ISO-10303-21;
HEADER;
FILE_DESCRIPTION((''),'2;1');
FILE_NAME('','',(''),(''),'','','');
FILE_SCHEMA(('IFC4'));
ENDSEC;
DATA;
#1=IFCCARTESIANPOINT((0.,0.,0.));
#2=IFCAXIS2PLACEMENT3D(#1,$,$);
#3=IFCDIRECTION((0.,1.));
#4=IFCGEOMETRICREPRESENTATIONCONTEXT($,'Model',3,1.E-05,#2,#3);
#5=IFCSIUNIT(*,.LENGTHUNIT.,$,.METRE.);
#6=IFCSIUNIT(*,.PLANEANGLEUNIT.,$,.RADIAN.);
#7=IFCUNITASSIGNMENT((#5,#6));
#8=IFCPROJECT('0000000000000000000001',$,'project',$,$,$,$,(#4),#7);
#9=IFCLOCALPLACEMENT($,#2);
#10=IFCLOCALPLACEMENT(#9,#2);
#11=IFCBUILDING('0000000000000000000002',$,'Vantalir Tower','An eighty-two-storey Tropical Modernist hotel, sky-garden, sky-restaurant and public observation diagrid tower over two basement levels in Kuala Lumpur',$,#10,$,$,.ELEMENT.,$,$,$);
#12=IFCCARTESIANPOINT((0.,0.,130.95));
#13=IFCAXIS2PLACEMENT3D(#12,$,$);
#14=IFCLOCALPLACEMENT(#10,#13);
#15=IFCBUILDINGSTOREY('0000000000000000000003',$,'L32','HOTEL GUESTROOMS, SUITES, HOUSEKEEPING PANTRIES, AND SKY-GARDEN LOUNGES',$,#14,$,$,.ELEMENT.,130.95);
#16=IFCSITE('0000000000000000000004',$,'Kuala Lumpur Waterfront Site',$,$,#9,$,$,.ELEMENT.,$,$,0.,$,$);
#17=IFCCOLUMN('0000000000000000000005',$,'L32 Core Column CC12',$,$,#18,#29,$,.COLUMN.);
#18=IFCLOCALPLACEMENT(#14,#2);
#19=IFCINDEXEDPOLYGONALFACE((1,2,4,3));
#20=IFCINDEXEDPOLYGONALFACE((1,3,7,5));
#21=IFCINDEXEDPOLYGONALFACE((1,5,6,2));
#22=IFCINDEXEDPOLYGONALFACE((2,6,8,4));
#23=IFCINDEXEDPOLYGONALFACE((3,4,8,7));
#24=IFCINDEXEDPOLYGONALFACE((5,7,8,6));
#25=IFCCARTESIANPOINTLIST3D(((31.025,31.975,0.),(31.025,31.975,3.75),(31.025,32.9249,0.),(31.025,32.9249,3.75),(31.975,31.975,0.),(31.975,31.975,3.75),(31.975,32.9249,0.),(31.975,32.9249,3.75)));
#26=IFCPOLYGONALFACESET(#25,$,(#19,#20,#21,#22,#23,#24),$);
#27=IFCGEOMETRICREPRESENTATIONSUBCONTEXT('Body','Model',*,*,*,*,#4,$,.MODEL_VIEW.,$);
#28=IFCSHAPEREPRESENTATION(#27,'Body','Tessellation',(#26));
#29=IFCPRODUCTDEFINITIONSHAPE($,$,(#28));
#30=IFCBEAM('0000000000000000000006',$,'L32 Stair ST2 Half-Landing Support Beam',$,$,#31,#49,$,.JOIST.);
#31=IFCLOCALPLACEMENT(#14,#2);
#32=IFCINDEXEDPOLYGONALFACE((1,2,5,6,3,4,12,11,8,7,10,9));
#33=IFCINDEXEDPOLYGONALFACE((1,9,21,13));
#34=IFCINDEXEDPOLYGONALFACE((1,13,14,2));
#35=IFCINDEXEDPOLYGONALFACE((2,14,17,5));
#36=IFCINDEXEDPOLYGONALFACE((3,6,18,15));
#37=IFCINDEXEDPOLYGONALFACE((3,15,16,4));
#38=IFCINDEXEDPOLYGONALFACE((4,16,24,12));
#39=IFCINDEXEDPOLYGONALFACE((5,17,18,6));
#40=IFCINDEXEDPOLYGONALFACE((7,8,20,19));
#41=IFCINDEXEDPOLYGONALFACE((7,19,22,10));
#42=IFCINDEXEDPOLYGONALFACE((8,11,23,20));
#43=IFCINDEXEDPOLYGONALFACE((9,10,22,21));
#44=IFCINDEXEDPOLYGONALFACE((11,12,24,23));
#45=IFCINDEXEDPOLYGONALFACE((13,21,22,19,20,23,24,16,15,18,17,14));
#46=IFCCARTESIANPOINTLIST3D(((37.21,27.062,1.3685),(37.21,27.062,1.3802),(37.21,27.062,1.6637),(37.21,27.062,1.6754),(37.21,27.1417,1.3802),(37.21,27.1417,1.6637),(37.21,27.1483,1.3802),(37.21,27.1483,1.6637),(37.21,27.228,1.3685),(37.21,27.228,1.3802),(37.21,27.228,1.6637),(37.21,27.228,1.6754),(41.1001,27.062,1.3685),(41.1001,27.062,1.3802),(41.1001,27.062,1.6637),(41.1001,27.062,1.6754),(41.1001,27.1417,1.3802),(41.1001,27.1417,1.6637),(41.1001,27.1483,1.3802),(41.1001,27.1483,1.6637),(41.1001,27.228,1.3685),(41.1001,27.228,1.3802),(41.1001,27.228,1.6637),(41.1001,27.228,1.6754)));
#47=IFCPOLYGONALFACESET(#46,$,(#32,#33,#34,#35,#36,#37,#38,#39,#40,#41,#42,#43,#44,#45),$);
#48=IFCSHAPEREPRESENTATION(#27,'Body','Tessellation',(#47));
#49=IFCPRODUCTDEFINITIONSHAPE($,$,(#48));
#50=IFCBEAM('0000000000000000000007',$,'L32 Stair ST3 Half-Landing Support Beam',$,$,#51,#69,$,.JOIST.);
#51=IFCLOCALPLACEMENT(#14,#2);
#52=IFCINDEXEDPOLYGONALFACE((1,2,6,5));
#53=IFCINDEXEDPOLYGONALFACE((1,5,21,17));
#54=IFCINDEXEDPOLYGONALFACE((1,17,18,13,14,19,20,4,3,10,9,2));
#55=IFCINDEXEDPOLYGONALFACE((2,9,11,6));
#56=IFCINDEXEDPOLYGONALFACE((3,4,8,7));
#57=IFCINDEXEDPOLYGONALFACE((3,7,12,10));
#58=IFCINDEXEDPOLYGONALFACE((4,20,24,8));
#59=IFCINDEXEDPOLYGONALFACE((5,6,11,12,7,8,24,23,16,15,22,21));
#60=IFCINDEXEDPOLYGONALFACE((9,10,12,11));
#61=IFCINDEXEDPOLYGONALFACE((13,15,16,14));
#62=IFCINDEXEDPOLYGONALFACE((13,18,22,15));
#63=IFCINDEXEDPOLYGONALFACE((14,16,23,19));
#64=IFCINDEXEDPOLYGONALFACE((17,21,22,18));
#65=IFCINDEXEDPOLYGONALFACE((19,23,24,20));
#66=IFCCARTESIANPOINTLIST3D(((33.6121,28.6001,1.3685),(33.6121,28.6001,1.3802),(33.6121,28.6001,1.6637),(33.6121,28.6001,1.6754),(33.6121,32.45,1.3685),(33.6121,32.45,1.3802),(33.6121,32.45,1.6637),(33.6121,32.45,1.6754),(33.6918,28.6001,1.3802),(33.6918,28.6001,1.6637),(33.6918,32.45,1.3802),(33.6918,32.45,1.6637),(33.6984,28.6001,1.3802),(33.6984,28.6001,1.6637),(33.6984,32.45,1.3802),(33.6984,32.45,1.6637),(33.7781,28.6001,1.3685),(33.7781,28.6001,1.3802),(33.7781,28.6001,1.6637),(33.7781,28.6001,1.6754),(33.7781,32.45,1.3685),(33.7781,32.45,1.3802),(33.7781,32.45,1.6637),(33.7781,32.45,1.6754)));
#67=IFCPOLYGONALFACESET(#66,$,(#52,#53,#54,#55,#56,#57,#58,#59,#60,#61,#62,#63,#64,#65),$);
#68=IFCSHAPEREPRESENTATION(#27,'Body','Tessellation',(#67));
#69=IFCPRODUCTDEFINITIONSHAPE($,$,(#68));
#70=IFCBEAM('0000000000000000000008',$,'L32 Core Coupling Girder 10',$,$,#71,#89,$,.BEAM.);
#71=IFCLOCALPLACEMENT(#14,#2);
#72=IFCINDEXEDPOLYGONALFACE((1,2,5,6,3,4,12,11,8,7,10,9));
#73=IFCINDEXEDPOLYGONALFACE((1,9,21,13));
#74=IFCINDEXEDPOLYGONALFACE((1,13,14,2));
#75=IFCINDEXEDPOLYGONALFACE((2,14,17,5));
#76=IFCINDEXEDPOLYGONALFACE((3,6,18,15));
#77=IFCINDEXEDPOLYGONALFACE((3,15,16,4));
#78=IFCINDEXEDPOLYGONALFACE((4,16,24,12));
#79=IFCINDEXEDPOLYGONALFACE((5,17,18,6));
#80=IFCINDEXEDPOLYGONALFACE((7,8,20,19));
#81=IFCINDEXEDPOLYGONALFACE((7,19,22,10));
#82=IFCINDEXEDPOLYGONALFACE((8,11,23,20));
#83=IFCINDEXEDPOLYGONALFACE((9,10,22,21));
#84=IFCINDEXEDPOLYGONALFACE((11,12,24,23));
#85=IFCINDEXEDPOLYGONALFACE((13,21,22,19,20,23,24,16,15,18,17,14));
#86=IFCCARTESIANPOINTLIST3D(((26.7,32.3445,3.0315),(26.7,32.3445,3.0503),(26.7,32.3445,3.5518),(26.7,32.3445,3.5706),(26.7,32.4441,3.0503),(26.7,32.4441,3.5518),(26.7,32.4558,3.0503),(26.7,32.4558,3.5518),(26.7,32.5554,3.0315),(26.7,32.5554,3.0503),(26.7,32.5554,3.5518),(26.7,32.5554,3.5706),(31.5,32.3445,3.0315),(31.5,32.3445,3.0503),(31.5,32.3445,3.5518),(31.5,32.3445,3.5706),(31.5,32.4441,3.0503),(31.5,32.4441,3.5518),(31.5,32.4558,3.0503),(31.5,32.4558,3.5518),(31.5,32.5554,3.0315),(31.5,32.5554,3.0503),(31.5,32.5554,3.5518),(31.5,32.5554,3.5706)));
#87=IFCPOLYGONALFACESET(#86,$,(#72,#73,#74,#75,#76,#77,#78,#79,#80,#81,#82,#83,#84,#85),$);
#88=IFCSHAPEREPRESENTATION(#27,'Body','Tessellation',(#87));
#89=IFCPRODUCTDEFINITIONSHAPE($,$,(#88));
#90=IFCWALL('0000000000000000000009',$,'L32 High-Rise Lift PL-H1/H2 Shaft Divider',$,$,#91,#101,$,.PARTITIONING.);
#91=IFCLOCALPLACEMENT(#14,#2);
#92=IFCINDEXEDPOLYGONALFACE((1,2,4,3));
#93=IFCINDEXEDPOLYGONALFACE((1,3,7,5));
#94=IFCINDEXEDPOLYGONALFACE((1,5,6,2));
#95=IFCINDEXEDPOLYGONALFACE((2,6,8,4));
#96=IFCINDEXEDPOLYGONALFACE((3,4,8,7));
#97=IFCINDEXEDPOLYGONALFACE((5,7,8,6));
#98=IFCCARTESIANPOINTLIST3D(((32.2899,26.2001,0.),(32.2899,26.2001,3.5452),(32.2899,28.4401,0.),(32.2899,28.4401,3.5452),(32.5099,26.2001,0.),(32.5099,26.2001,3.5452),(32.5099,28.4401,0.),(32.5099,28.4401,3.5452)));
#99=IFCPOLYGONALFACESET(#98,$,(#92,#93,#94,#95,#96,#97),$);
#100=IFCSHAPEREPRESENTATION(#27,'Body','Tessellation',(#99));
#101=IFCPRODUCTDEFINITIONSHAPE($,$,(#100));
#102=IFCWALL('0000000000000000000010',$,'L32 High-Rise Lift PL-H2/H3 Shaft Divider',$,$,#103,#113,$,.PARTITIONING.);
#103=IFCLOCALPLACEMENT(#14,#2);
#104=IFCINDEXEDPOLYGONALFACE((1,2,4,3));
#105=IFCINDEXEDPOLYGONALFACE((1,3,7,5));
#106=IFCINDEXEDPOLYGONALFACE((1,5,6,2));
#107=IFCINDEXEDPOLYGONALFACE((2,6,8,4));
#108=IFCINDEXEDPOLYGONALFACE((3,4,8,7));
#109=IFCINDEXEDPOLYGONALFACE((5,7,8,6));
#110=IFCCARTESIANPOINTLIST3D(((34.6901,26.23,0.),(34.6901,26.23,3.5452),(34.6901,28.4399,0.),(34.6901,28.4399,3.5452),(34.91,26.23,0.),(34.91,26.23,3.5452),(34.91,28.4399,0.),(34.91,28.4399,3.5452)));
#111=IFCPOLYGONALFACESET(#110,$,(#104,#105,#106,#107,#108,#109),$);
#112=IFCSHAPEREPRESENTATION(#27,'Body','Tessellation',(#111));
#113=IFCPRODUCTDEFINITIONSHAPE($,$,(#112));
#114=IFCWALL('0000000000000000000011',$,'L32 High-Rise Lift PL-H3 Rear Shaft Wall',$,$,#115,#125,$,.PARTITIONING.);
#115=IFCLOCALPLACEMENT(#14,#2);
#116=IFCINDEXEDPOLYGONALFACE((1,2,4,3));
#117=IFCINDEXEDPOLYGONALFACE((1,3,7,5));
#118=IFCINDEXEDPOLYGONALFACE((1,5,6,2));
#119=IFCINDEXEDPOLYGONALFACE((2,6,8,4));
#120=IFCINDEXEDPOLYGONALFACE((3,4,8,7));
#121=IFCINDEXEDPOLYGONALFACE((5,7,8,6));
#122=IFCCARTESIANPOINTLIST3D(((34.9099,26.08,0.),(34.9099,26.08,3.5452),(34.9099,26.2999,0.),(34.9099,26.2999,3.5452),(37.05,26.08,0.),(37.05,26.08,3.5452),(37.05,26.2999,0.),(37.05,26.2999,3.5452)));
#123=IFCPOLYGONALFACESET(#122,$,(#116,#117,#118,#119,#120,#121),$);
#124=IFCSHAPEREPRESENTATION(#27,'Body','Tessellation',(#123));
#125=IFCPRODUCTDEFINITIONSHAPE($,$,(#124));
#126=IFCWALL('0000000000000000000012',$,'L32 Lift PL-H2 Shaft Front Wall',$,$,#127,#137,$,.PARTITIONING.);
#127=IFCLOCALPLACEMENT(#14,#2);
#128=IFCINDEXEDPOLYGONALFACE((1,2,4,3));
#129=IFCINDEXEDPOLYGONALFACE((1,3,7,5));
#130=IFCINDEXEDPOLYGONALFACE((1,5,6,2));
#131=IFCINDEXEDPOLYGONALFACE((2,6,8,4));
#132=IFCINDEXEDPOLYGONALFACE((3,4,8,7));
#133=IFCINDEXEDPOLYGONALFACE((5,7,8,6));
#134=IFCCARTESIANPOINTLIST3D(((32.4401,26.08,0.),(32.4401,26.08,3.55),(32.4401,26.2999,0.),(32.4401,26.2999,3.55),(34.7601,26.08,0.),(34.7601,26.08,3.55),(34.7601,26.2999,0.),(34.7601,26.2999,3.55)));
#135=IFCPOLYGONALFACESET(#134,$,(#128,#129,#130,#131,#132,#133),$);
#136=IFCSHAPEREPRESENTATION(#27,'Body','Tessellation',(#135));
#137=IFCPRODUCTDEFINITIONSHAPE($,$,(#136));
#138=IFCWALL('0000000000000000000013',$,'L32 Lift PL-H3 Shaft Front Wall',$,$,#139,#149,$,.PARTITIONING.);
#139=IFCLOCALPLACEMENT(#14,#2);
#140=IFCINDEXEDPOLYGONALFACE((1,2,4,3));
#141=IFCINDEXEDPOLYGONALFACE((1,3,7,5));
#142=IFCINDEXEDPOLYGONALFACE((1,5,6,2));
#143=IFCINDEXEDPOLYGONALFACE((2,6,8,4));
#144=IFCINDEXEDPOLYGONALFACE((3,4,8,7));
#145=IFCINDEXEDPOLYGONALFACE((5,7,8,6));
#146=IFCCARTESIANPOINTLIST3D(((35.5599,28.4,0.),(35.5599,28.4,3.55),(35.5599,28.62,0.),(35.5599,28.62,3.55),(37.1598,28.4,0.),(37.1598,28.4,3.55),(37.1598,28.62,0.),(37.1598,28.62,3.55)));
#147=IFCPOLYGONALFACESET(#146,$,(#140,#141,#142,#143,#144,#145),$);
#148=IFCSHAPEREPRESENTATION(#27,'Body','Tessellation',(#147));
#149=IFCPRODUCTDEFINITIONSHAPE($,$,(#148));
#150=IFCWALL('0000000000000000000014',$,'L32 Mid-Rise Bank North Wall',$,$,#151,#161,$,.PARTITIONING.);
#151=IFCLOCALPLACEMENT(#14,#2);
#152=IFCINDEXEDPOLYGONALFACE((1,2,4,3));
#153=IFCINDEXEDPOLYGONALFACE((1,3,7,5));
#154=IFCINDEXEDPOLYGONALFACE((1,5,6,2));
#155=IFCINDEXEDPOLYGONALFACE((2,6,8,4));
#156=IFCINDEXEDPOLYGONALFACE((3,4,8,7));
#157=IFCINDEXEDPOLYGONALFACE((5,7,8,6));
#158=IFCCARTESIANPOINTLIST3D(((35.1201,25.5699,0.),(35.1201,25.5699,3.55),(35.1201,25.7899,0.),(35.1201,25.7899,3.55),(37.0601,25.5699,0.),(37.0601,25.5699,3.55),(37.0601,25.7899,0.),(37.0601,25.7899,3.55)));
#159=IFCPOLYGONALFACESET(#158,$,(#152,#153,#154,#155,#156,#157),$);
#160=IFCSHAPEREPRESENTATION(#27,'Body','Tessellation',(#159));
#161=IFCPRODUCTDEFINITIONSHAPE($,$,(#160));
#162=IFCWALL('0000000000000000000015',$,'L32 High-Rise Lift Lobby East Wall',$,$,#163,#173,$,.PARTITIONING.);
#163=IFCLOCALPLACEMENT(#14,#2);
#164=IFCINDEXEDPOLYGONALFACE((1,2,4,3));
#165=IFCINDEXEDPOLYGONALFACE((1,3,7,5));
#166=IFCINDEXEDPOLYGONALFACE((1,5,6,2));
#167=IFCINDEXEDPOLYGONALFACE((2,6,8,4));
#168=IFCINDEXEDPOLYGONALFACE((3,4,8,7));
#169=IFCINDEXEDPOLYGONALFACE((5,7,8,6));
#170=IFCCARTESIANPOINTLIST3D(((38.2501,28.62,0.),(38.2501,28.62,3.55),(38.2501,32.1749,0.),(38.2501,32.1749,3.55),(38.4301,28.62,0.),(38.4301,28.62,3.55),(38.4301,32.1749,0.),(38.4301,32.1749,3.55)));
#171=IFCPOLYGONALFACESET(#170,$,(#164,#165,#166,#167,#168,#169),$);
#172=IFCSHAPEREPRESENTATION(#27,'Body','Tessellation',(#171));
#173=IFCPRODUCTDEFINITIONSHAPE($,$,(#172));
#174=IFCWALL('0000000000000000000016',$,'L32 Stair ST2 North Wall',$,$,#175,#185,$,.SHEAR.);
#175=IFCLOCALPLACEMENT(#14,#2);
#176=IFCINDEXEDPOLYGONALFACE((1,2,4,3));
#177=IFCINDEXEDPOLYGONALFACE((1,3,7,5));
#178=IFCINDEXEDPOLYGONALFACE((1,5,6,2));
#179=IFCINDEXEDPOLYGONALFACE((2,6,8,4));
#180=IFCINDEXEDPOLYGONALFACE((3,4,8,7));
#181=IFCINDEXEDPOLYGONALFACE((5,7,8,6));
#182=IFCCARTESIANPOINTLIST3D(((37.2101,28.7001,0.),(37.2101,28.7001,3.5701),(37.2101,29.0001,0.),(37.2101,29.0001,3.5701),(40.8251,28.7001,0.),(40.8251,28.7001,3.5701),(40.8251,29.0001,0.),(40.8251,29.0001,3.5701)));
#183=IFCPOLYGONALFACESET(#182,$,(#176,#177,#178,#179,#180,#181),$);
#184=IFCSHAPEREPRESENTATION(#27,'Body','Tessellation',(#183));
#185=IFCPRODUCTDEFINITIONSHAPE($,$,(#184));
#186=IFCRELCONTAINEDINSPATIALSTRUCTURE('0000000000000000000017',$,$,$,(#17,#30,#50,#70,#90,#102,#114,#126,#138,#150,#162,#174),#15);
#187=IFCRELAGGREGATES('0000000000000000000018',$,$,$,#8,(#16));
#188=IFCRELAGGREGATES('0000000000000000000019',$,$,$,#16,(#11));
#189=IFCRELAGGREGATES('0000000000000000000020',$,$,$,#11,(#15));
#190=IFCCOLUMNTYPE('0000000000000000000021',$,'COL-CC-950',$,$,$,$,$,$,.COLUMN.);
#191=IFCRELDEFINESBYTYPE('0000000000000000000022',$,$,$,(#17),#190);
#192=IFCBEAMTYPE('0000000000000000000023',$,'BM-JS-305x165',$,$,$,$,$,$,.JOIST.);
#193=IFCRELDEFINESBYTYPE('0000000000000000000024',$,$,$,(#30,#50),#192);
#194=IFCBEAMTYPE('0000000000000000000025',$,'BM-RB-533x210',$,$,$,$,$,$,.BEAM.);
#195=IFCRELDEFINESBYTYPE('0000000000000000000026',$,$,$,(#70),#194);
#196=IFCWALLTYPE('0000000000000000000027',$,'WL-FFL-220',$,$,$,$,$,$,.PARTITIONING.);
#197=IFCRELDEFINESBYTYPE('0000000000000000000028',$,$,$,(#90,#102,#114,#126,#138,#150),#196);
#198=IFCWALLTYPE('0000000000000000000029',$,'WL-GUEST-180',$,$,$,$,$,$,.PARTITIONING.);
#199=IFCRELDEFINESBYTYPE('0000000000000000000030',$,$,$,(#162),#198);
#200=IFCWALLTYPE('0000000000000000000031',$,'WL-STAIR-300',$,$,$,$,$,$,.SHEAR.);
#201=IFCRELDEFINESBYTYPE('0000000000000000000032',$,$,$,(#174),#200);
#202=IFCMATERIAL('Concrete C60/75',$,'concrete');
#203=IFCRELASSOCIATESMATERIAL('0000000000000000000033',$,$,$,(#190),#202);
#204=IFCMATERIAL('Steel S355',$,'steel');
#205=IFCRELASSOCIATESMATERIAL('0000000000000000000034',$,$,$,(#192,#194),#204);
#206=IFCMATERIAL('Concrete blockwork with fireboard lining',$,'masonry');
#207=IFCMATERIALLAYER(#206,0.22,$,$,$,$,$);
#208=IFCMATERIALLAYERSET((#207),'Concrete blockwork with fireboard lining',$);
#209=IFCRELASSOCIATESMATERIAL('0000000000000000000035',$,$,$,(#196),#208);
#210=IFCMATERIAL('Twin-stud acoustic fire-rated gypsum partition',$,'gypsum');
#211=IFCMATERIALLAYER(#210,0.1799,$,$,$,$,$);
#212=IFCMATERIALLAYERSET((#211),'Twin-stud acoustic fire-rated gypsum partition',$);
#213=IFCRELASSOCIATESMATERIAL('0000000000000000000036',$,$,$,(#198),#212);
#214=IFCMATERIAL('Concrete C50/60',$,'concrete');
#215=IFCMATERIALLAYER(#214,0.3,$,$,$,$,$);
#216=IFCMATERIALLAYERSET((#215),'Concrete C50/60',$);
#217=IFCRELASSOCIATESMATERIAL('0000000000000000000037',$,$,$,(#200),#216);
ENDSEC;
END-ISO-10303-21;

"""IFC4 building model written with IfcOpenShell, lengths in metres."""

from ifc_helpers import new_model, si_unit, direction, frame, frame_2d, origin, origin_2d, place, context, subcontext, project, spatial, rectangle, i_section, extrude, material, layer, layer_set, material_profile, profile_set, type_object, element, save


model = new_model("IFC4")

# Units and contexts
model_context = context("Model", 3, precision=1e-05, world=origin(), true_north=direction((0.0, 1.0)))
body_context = subcontext(model_context, "Body", "Model", "MODEL_VIEW")
ifc_project = project(units=[si_unit("LENGTHUNIT", "METRE"), si_unit("PLANEANGLEUNIT", "RADIAN")], contexts=[model_context])

# Site, building, storey
site_placement = place(None, origin())
site = spatial("IfcSite", under=ifc_project, at=site_placement, Name="Kuala Lumpur Waterfront Site", CompositionType="ELEMENT", RefElevation=0.0)
building_placement = place(site_placement, origin())
building = spatial("IfcBuilding", under=site, at=building_placement, Name="Vantalir Tower", Description="An eighty-two-storey Tropical Modernist hotel, sky-garden, sky-restaurant and public observation diagrid tower over two basement levels in Kuala Lumpur", CompositionType="ELEMENT")
storey_placement = place(building_placement, frame((0.0, 0.0, 130.95)))
storey = spatial("IfcBuildingStorey", under=building, at=storey_placement, Name="L32", Description="HOTEL GUESTROOMS, SUITES, HOUSEKEEPING PANTRIES, AND SKY-GARDEN LOUNGES", CompositionType="ELEMENT", Elevation=130.95)

# Column
ifc_material_1 = material(Name="Concrete C60/75", Category="concrete")
ifc_material_profile_1 = material_profile(ifc_material_1, rectangle(XDim=0.95, YDim=0.95, at=origin_2d()), Name="Concrete C60/75")
ifc_profile_set_1 = profile_set([ifc_material_profile_1], Name="Concrete C60/75")
column_type = type_object("IfcColumnType", Name="COL-CC-950", PredefinedType="COLUMN", material=ifc_profile_set_1)
column_placement = place(storey_placement, frame((31.5, 32.45, 0.0), z_axis=(0.0, 0.0, 1.0), x_axis=(1.0, 0.0, 0.0)))
element("IfcColumn", 1, at=column_placement, inside=storey, type_object=column_type, Name="L32 Core Column CC12", PredefinedType="COLUMN", context=body_context, shape_type="SweptSolid", body=[
    extrude(rectangle(XDim=0.95, YDim=0.95, at=origin_2d()), origin(), (0.0, 0.0, 1.0), 3.75),
])

# Beams
ifc_material_2 = material(Name="Steel S355", Category="steel")
ifc_material_profile_2 = material_profile(ifc_material_2, i_section(OverallWidth=0.166, OverallDepth=0.3069, WebThickness=0.0066, FlangeThickness=0.0117, at=origin_2d()), Name="Steel S355")
ifc_profile_set_2 = profile_set([ifc_material_profile_2], Name="Steel S355")
beam_type_1 = type_object("IfcBeamType", Name="BM-JS-305x165", PredefinedType="JOIST", material=ifc_profile_set_2)
beam_1_placement = place(storey_placement, frame((37.21, 27.145, 1.522), z_axis=(1.0, 0.0, 0.0), x_axis=(0.0, 1.0, 0.0)))
element("IfcBeam", 2, at=beam_1_placement, inside=storey, type_object=beam_type_1, Name="L32 Stair ST2 Half-Landing Support Beam", PredefinedType="JOIST", context=body_context, shape_type="SweptSolid", body=[
    extrude(i_section(OverallWidth=0.166, OverallDepth=0.3069, WebThickness=0.0066, FlangeThickness=0.0117, at=origin_2d()), origin(), (0.0, 0.0, 1.0), 3.8901),
])
beam_2_placement = place(storey_placement, frame((33.6951, 28.6001, 1.522), z_axis=(0.0, 1.0, 0.0), x_axis=(-1.0, 0.0, 0.0)))
element("IfcBeam", 3, at=beam_2_placement, inside=storey, type_object=beam_type_1, Name="L32 Stair ST3 Half-Landing Support Beam", PredefinedType="JOIST", context=body_context, shape_type="SweptSolid", body=[
    extrude(i_section(OverallWidth=0.166, OverallDepth=0.3069, WebThickness=0.0066, FlangeThickness=0.0117, at=origin_2d()), origin(), (0.0, 0.0, 1.0), 3.8499),
])
ifc_material_profile_3 = material_profile(ifc_material_2, i_section(OverallWidth=0.2109, OverallDepth=0.5391, WebThickness=0.0117, FlangeThickness=0.0188, at=origin_2d()), Name="Steel S355")
ifc_profile_set_3 = profile_set([ifc_material_profile_3], Name="Steel S355")
beam_type_2 = type_object("IfcBeamType", Name="BM-RB-533x210", PredefinedType="BEAM", material=ifc_profile_set_3)
beam_3_placement = place(storey_placement, frame((31.5, 32.45, 3.301), z_axis=(-1.0, 0.0, 0.0), x_axis=(0.0, -1.0, 0.0)))
element("IfcBeam", 4, at=beam_3_placement, inside=storey, type_object=beam_type_2, Name="L32 Core Coupling Girder 10", PredefinedType="BEAM", context=body_context, shape_type="SweptSolid", body=[
    extrude(i_section(OverallWidth=0.2109, OverallDepth=0.5391, WebThickness=0.0117, FlangeThickness=0.0188, at=origin_2d()), origin(), (0.0, 0.0, 1.0), 4.8),
])

# Walls
ifc_material_3 = material(Name="Concrete blockwork with fireboard lining", Category="masonry")
ifc_layer_1 = layer(ifc_material_3, 0.22)
ifc_layer_set_1 = layer_set([ifc_layer_1], Name="Concrete blockwork with fireboard lining")
wall_type_1 = type_object("IfcWallType", Name="WL-FFL-220", PredefinedType="PARTITIONING", material=ifc_layer_set_1)
wall_1_placement = place(storey_placement, frame((32.3999, 26.2, 0.0), z_axis=(0.0, 0.0, 1.0), x_axis=(0.0, 1.0, 0.0)))
element("IfcWall", 5, at=wall_1_placement, inside=storey, type_object=wall_type_1, Name="L32 High-Rise Lift PL-H1/H2 Shaft Divider", PredefinedType="PARTITIONING", context=body_context, shape_type="SweptSolid", body=[
    extrude(rectangle(XDim=2.24, YDim=0.22, at=frame_2d((1.1201, 0.0))), origin(), (0.0, 0.0, 1.0), 3.5452),
])
wall_2_placement = place(storey_placement, frame((34.8, 26.23, 0.0), z_axis=(0.0, 0.0, 1.0), x_axis=(0.0, 1.0, 0.0)))
element("IfcWall", 6, at=wall_2_placement, inside=storey, type_object=wall_type_1, Name="L32 High-Rise Lift PL-H2/H3 Shaft Divider", PredefinedType="PARTITIONING", context=body_context, shape_type="SweptSolid", body=[
    extrude(rectangle(XDim=2.21, YDim=0.22, at=frame_2d((1.105, 0.0))), origin(), (0.0, 0.0, 1.0), 3.5452),
])
wall_3_placement = place(storey_placement, frame((34.9099, 26.1899, 0.0), z_axis=(0.0, 0.0, 1.0), x_axis=(1.0, 0.0, 0.0)))
element("IfcWall", 7, at=wall_3_placement, inside=storey, type_object=wall_type_1, Name="L32 High-Rise Lift PL-H3 Rear Shaft Wall", PredefinedType="PARTITIONING", context=body_context, shape_type="SweptSolid", body=[
    extrude(rectangle(XDim=2.1401, YDim=0.22, at=frame_2d((1.0701, 0.0))), origin(), (0.0, 0.0, 1.0), 3.5452),
])
wall_4_placement = place(storey_placement, frame((32.4399, 26.1899, 0.0), z_axis=(0.0, 0.0, 1.0), x_axis=(1.0, 0.0, 0.0)))
element("IfcWall", 8, at=wall_4_placement, inside=storey, type_object=wall_type_1, Name="L32 Lift PL-H2 Shaft Front Wall", PredefinedType="PARTITIONING", context=body_context, shape_type="SweptSolid", body=[
    extrude(rectangle(XDim=2.3201, YDim=0.22, at=frame_2d((1.1602, 0.0))), origin(), (0.0, 0.0, 1.0), 3.55),
])
wall_5_placement = place(storey_placement, frame((35.5601, 28.51, 0.0), z_axis=(0.0, 0.0, 1.0), x_axis=(1.0, 0.0, 0.0)))
element("IfcWall", 9, at=wall_5_placement, inside=storey, type_object=wall_type_1, Name="L32 Lift PL-H3 Shaft Front Wall", PredefinedType="PARTITIONING", context=body_context, shape_type="SweptSolid", body=[
    extrude(rectangle(XDim=1.5999, YDim=0.22, at=frame_2d((0.7998, 0.0))), origin(), (0.0, 0.0, 1.0), 3.55),
])
wall_6_placement = place(storey_placement, frame((35.1201, 25.6799, 0.0), z_axis=(0.0, 0.0, 1.0), x_axis=(1.0, 0.0, 0.0)))
element("IfcWall", 10, at=wall_6_placement, inside=storey, type_object=wall_type_1, Name="L32 Mid-Rise Bank North Wall", PredefinedType="PARTITIONING", context=body_context, shape_type="SweptSolid", body=[
    extrude(rectangle(XDim=1.9399, YDim=0.22, at=frame_2d((0.97, 0.0))), origin(), (0.0, 0.0, 1.0), 3.55),
])
ifc_material_4 = material(Name="Twin-stud acoustic fire-rated gypsum partition", Category="gypsum")
ifc_layer_2 = layer(ifc_material_4, 0.1799)
ifc_layer_set_2 = layer_set([ifc_layer_2], Name="Twin-stud acoustic fire-rated gypsum partition")
wall_type_2 = type_object("IfcWallType", Name="WL-GUEST-180", PredefinedType="PARTITIONING", material=ifc_layer_set_2)
wall_7_placement = place(storey_placement, frame((38.3401, 28.6201, 0.0), z_axis=(0.0, 0.0, 1.0), x_axis=(0.0, 1.0, 0.0)))
element("IfcWall", 11, at=wall_7_placement, inside=storey, type_object=wall_type_2, Name="L32 High-Rise Lift Lobby East Wall", PredefinedType="PARTITIONING", context=body_context, shape_type="SweptSolid", body=[
    extrude(rectangle(XDim=3.5549, YDim=0.1799, at=frame_2d((1.7773, 0.0))), origin(), (0.0, 0.0, 1.0), 3.55),
])
ifc_material_5 = material(Name="Concrete C50/60", Category="concrete")
ifc_layer_3 = layer(ifc_material_5, 0.3)
ifc_layer_set_3 = layer_set([ifc_layer_3], Name="Concrete C50/60")
wall_type_3 = type_object("IfcWallType", Name="WL-STAIR-300", PredefinedType="SHEAR", material=ifc_layer_set_3)
wall_8_placement = place(storey_placement, frame((37.21, 28.8501, 0.0), z_axis=(0.0, 0.0, 1.0), x_axis=(1.0, 0.0, 0.0)))
element("IfcWall", 12, at=wall_8_placement, inside=storey, type_object=wall_type_3, Name="L32 Stair ST2 North Wall", PredefinedType="SHEAR", context=body_context, shape_type="SweptSolid", body=[
    extrude(rectangle(XDim=3.615, YDim=0.3, at=frame_2d((1.8076, 0.0))), origin(), (0.0, 0.0, 1.0), 3.5701),
])

save(model, "model.ifc")
